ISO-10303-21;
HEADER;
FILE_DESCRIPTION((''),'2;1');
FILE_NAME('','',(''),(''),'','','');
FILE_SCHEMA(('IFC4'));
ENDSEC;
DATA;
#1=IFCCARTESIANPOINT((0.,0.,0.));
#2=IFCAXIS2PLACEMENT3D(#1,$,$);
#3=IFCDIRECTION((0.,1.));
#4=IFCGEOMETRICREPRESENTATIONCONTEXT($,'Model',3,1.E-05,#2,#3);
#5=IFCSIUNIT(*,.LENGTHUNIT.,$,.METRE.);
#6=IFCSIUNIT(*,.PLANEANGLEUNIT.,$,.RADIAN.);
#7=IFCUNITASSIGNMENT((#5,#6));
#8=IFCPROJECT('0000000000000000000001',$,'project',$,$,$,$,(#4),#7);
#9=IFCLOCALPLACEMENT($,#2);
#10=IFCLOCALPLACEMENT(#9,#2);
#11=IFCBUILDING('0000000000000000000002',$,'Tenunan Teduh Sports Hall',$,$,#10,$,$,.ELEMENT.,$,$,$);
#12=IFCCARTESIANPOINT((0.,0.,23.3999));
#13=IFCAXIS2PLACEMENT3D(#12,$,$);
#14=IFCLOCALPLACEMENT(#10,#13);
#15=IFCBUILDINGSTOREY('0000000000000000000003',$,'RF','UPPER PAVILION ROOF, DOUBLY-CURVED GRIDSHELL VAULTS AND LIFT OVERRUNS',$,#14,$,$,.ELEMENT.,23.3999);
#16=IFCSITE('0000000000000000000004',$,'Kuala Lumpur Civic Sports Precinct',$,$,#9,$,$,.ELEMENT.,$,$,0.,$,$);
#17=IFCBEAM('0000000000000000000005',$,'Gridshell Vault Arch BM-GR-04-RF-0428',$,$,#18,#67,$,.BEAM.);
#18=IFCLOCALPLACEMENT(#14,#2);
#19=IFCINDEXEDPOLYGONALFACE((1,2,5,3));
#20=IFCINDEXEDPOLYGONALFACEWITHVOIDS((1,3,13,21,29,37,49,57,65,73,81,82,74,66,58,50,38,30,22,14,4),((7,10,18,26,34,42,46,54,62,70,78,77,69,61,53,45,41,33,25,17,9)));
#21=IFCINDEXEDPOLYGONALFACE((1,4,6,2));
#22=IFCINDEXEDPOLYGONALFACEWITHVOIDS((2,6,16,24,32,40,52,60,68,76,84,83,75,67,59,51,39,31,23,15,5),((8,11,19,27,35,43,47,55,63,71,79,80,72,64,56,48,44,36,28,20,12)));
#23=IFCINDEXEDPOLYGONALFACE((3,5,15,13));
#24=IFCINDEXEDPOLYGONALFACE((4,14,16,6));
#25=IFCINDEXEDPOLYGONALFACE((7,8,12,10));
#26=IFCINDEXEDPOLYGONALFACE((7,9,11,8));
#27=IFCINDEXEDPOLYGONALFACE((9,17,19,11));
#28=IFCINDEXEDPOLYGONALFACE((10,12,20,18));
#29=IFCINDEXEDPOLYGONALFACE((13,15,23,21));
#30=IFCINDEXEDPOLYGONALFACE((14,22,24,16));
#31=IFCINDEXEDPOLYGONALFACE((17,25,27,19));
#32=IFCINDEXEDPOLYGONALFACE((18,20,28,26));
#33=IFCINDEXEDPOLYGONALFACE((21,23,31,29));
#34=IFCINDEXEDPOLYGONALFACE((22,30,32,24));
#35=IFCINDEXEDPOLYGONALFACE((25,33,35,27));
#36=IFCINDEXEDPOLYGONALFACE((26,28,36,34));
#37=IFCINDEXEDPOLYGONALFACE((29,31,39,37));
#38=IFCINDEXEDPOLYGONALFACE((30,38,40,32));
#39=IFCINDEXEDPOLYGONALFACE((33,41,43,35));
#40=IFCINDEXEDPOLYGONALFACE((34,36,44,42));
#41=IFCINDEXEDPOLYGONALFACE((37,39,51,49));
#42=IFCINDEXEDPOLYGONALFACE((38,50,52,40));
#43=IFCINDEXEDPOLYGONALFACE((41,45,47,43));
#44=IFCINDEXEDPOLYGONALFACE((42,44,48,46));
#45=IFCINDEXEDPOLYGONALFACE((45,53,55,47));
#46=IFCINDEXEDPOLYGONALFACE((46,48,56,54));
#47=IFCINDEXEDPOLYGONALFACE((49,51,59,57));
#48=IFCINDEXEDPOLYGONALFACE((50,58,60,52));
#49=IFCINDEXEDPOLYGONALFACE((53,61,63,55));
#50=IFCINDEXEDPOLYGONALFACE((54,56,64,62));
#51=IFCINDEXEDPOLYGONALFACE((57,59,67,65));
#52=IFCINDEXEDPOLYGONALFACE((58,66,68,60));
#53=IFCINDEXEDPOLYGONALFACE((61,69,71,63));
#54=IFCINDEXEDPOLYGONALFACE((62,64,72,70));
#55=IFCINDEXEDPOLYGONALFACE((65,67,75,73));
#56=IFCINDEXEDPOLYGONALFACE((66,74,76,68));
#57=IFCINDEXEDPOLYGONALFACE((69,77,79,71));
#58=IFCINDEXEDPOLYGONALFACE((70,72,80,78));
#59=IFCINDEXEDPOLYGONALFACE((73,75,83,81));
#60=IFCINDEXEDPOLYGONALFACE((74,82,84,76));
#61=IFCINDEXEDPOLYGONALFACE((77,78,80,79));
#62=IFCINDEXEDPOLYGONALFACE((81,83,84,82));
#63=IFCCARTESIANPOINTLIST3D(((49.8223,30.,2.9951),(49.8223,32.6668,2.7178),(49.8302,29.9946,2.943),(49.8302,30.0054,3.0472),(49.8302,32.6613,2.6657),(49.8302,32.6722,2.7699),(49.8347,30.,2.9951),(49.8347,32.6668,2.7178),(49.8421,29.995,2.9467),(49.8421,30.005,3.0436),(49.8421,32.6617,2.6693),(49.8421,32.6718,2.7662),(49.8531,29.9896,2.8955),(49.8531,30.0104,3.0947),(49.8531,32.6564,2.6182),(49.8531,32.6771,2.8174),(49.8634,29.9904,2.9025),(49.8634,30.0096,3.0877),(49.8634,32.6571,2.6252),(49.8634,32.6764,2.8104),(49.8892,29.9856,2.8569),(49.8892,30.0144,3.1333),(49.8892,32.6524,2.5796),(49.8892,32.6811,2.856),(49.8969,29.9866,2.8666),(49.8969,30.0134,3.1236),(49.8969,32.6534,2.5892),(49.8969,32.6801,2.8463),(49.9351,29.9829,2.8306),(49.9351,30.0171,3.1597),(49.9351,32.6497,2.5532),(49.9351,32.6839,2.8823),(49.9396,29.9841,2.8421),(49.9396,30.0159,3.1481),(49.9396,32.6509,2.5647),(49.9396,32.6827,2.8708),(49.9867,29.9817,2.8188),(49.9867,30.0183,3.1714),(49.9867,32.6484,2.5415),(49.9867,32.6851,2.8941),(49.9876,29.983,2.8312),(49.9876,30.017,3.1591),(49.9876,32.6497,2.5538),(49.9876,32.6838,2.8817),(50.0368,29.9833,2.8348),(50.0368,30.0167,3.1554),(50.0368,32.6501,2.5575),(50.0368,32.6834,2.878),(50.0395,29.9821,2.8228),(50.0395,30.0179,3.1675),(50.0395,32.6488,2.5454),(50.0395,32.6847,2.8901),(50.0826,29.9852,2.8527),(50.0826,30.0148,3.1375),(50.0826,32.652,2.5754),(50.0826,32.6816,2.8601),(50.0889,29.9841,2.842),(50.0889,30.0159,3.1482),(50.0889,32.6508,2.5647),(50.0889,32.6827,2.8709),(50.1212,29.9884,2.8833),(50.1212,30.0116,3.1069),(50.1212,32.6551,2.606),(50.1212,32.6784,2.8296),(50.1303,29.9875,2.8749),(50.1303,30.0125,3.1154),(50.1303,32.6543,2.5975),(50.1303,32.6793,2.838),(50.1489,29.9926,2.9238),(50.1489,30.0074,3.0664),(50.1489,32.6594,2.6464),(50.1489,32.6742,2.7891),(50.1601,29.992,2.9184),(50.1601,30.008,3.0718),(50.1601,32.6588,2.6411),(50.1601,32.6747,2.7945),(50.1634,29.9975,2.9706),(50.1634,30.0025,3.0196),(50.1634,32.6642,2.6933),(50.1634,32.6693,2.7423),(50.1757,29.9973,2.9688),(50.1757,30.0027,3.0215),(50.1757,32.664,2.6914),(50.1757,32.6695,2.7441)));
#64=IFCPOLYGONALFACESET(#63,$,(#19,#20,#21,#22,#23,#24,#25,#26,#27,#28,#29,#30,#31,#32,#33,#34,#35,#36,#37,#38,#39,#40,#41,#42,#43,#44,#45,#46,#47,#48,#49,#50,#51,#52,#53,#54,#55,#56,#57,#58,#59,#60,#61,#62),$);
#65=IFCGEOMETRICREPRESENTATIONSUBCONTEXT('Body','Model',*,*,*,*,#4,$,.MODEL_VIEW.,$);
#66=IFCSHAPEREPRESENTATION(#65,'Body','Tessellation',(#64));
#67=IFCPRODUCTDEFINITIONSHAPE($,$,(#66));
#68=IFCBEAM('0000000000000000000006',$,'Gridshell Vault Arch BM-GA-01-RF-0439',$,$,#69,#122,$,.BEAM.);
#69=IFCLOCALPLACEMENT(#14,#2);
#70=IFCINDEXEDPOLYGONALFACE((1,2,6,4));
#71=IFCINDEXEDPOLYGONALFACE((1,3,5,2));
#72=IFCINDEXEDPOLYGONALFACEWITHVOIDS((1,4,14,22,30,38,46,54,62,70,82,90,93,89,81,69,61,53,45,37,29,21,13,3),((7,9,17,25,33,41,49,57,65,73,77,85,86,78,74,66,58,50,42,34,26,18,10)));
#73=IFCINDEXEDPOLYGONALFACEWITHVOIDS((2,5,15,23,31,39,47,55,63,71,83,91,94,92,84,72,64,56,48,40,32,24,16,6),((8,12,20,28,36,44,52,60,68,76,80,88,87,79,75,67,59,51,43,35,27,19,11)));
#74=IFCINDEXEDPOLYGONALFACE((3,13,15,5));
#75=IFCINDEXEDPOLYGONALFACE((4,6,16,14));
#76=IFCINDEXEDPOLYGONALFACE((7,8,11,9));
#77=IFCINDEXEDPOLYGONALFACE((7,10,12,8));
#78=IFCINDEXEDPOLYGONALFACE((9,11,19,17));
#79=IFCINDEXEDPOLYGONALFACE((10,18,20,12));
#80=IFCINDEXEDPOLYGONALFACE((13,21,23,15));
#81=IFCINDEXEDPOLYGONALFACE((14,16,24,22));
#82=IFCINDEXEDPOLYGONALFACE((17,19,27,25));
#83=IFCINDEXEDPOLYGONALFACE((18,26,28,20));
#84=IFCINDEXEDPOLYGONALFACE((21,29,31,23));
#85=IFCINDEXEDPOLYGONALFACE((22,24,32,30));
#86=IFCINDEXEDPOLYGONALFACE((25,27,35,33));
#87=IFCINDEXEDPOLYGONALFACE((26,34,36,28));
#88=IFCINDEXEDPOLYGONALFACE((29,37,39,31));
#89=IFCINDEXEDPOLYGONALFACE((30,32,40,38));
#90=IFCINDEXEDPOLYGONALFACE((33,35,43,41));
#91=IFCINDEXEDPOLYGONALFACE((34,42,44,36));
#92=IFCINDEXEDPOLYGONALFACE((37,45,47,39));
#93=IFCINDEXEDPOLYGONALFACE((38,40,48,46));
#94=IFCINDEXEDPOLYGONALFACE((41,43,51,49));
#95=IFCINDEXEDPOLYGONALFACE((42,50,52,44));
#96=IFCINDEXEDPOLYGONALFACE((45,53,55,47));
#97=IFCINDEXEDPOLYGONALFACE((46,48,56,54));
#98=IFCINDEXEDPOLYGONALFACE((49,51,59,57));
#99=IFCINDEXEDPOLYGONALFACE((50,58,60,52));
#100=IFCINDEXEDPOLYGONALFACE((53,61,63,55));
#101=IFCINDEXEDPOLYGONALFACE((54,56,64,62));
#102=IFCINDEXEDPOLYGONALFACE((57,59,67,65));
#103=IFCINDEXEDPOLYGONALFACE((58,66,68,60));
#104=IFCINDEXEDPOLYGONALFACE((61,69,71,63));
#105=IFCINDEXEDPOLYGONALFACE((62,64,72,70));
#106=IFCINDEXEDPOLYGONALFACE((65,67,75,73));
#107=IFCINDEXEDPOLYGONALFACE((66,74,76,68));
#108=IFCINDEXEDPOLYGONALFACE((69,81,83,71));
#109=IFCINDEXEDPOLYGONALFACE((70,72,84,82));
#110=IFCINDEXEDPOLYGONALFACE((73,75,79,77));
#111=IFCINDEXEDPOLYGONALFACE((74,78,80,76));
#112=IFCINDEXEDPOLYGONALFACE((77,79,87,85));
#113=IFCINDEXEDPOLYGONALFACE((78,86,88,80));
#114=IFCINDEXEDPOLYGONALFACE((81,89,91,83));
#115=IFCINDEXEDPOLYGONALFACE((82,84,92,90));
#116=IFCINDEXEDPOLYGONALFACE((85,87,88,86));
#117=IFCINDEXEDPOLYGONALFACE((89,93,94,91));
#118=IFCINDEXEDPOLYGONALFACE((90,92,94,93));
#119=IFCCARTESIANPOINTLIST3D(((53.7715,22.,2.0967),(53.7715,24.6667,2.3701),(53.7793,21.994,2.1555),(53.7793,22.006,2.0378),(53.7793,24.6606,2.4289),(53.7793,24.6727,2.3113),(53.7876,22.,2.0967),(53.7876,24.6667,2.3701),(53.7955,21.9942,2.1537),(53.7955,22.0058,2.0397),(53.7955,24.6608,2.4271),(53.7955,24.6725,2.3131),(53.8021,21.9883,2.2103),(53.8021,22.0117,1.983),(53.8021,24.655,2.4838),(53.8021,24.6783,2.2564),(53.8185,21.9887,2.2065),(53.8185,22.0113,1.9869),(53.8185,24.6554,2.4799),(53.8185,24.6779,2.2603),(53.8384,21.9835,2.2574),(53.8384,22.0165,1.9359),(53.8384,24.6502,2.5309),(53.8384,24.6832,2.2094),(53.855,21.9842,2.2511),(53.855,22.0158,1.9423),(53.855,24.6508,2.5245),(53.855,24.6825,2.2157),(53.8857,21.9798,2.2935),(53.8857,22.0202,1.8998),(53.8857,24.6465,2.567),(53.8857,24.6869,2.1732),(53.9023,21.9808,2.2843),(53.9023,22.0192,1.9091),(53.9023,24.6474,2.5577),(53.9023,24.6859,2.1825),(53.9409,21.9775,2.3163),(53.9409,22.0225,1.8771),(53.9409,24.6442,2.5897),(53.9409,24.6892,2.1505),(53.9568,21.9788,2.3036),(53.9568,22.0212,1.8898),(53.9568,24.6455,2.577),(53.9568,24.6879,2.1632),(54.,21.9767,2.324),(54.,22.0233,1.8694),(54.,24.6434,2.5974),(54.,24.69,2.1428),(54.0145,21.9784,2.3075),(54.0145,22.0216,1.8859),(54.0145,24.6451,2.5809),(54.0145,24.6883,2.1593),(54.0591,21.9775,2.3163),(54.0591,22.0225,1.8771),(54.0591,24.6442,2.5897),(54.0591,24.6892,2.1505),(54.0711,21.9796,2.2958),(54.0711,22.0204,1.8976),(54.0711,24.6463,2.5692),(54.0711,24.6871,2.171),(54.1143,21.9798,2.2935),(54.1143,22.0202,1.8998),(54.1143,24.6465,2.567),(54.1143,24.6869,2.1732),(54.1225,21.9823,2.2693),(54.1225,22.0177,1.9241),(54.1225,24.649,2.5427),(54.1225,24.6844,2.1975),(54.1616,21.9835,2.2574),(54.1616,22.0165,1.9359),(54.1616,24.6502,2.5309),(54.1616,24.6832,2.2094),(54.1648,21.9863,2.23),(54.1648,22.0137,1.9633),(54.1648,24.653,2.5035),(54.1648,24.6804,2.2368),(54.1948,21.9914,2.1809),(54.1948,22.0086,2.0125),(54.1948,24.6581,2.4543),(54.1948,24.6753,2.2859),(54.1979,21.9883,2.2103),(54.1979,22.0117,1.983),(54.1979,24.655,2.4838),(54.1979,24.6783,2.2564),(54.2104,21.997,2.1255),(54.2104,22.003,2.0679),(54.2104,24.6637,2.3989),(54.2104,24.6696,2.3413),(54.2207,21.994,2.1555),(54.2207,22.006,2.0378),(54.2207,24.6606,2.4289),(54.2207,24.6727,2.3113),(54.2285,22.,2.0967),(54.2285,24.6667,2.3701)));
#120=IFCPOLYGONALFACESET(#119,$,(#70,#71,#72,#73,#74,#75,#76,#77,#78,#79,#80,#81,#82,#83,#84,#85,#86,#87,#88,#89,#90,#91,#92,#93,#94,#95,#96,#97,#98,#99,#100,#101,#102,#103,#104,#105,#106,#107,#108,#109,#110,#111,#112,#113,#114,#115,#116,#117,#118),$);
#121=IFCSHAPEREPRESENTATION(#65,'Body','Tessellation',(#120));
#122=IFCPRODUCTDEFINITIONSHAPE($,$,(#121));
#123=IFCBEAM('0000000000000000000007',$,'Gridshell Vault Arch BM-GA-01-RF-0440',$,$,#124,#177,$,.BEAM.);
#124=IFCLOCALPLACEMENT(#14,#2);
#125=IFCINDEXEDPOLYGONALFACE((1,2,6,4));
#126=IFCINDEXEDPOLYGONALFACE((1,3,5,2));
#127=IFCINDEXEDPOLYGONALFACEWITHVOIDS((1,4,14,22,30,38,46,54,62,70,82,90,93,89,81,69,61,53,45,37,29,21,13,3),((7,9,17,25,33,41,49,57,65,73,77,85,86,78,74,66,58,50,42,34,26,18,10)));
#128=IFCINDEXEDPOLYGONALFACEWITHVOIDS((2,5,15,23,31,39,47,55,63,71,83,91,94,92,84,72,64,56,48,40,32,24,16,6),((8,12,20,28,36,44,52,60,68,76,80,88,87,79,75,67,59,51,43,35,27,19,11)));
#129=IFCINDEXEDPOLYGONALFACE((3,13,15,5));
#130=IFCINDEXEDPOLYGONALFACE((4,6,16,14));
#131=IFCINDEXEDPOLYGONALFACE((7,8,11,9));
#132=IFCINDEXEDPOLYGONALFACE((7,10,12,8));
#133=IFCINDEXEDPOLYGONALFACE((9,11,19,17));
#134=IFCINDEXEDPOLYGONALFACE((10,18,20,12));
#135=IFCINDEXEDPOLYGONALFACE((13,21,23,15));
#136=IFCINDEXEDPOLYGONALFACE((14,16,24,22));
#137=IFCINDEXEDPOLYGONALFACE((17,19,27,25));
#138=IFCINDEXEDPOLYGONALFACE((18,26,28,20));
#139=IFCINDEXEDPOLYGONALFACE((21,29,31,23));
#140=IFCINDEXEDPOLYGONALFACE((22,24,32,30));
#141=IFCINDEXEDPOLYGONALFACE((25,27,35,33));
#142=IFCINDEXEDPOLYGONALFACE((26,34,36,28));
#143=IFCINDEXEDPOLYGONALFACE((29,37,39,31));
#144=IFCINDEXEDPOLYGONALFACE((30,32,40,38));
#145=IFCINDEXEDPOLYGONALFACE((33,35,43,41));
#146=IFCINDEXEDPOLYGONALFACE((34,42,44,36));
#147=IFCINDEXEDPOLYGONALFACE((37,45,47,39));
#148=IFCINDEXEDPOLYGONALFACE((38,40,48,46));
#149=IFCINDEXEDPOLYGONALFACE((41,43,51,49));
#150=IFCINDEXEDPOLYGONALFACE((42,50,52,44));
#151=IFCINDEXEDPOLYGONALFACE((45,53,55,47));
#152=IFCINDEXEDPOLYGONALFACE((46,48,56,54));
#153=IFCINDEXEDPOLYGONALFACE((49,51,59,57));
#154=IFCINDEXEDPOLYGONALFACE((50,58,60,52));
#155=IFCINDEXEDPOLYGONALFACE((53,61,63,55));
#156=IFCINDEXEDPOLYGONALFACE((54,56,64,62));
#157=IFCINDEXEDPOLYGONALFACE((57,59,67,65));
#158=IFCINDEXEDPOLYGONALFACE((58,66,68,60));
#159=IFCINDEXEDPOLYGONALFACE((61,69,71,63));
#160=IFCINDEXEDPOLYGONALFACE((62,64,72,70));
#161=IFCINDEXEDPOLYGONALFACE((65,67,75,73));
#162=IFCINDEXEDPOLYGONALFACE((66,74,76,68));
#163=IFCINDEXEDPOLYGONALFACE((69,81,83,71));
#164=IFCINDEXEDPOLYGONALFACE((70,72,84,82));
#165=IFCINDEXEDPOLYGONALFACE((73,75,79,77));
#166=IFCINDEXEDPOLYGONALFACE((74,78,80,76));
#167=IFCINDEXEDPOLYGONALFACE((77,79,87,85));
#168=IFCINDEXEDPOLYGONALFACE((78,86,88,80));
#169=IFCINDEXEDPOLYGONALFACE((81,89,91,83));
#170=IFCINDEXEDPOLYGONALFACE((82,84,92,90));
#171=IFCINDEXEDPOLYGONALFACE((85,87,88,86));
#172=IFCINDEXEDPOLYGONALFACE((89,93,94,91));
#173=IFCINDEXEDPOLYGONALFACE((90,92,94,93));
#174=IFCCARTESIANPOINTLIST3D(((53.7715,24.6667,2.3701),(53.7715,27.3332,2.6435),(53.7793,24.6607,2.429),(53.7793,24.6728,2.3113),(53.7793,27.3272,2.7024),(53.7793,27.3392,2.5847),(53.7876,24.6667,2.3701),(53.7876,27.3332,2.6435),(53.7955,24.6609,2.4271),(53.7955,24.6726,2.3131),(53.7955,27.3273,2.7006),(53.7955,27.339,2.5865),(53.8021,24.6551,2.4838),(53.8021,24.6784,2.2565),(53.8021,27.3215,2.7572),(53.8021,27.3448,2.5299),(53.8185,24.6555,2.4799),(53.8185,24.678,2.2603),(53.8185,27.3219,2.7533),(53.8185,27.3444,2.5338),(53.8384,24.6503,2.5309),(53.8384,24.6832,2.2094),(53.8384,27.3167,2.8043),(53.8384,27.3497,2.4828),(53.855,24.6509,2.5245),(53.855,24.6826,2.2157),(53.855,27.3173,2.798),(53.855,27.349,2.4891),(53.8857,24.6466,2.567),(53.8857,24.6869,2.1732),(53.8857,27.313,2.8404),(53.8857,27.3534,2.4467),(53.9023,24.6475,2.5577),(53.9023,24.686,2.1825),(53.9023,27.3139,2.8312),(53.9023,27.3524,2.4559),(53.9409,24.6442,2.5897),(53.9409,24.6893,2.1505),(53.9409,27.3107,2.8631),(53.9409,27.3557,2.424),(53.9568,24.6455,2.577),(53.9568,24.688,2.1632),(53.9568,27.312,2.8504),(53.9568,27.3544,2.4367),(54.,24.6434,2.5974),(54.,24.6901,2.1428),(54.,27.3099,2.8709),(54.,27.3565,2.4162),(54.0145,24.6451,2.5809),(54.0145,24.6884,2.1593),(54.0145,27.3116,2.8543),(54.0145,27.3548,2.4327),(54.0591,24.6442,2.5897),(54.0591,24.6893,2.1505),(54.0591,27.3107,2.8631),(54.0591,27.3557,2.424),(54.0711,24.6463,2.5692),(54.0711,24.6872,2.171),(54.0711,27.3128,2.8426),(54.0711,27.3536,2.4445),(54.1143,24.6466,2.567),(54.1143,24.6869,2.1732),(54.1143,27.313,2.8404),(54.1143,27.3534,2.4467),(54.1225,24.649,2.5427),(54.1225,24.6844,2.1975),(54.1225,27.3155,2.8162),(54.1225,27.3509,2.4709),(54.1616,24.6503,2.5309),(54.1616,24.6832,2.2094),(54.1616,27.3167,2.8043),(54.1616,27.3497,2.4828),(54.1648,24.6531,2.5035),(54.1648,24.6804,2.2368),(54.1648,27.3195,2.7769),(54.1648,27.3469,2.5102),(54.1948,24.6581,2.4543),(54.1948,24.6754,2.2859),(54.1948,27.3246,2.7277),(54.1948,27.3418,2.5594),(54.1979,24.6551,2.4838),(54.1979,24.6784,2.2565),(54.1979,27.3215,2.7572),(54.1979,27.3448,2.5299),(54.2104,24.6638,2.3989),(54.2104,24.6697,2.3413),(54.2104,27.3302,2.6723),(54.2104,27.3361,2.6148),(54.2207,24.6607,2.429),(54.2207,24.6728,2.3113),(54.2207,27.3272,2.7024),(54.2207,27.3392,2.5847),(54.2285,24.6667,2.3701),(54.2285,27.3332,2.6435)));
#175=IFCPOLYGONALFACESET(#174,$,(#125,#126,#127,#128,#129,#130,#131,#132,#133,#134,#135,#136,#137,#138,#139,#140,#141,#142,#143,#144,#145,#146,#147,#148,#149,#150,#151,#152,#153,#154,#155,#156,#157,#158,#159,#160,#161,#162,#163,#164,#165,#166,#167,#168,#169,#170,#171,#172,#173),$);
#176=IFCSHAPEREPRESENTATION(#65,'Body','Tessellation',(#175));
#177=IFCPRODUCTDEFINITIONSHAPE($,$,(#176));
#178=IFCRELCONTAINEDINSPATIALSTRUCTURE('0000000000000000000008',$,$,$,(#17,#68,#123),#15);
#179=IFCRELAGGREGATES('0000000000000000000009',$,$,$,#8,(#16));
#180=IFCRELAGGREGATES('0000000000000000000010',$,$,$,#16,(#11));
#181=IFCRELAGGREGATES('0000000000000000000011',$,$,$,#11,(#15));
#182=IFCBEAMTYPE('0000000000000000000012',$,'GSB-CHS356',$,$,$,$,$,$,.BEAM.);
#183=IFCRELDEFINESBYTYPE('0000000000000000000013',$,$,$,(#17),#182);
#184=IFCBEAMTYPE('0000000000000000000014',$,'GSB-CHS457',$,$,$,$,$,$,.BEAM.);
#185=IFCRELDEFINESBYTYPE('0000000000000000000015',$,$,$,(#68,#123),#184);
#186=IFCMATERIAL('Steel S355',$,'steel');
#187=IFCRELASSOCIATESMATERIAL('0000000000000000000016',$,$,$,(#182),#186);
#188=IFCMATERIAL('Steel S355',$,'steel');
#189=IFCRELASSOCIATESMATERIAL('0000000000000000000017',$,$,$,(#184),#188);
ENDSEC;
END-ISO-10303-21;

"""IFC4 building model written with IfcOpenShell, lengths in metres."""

from ifc_helpers import new_model, si_unit, direction, frame, origin, origin_2d, place, context, subcontext, project, spatial, hollow_circle, extrude, material, material_profile, profile_set, type_object, element, save


model = new_model("IFC4")

# Units and contexts
model_context = context("Model", 3, precision=1e-05, world=origin(), true_north=direction((0.0, 1.0)))
body_context = subcontext(model_context, "Body", "Model", "MODEL_VIEW")
ifc_project = project(units=[si_unit("LENGTHUNIT", "METRE"), si_unit("PLANEANGLEUNIT", "RADIAN")], contexts=[model_context])

# Site, building, storey
site_placement = place(None, origin())
site = spatial("IfcSite", under=ifc_project, at=site_placement, Name="Kuala Lumpur Civic Sports Precinct", CompositionType="ELEMENT", RefElevation=0.0)
building_placement = place(site_placement, origin())
building = spatial("IfcBuilding", under=site, at=building_placement, Name="Tenunan Teduh Sports Hall", CompositionType="ELEMENT")
storey_placement = place(building_placement, frame((0.0, 0.0, 23.3999)))
storey = spatial("IfcBuildingStorey", under=building, at=storey_placement, Name="RF", Description="UPPER PAVILION ROOF, DOUBLY-CURVED GRIDSHELL VAULTS AND LIFT OVERRUNS", CompositionType="ELEMENT", Elevation=23.3999)

# Beams
ifc_material_1 = material(Name="Steel S355", Category="steel")
ifc_material_profile_1 = material_profile(ifc_material_1, hollow_circle(Radius=0.1777, WallThickness=0.0125, at=origin_2d()), Name="CHS 355.6x12.5")
ifc_profile_set_1 = profile_set([ifc_material_profile_1], Name="Steel S355")
beam_type_1 = type_object("IfcBeamType", Name="GSB-CHS356", PredefinedType="BEAM", material=ifc_profile_set_1)
for number, where, z_axis, x_axis, name in (
    (1, (50.0, 30.0, 2.9951), (0.0, 0.994635, -0.103443), (-1.0, 0.0, 0.0), "Gridshell Vault Arch BM-GR-04-RF-0428"),
):
    element("IfcBeam", number, at=place(storey_placement, frame(where, z_axis=z_axis, x_axis=x_axis)), inside=storey, type_object=beam_type_1, Name=name, PredefinedType="BEAM", context=body_context, shape_type="SweptSolid", body=[
        extrude(hollow_circle(Radius=0.1777, WallThickness=0.0125, at=origin_2d()), origin(), (0.0, 0.0, 1.0), 2.6812),
    ])
ifc_material_2 = material(Name="Steel S355", Category="steel")
ifc_material_profile_2 = material_profile(ifc_material_2, hollow_circle(Radius=0.2285, WallThickness=0.0161, at=origin_2d()), Name="CHS 457.0x16.0")
ifc_profile_set_2 = profile_set([ifc_material_profile_2], Name="Steel S355")
beam_type_2 = type_object("IfcBeamType", Name="GSB-CHS457", PredefinedType="BEAM", material=ifc_profile_set_2)
beam_1_placement = place(storey_placement, frame((54.0, 22.0, 2.0967), z_axis=(0.0, 0.994784, 0.102001), x_axis=(-1.0, 0.0, 0.0)))
element("IfcBeam", 2, at=beam_1_placement, inside=storey, type_object=beam_type_2, Name="Gridshell Vault Arch BM-GA-01-RF-0439", PredefinedType="BEAM", context=body_context, shape_type="SweptSolid", body=[
    extrude(hollow_circle(Radius=0.2285, WallThickness=0.0161, at=origin_2d()), origin(), (0.0, 0.0, 1.0), 2.6807),
])
beam_2_placement = place(storey_placement, frame((54.0, 24.6667, 2.3701), z_axis=(0.0, 0.994783, 0.10201), x_axis=(-1.0, 0.0, 0.0)))
element("IfcBeam", 3, at=beam_2_placement, inside=storey, type_object=beam_type_2, Name="Gridshell Vault Arch BM-GA-01-RF-0440", PredefinedType="BEAM", context=body_context, shape_type="SweptSolid", body=[
    extrude(hollow_circle(Radius=0.2285, WallThickness=0.0161, at=origin_2d()), origin(), (0.0, 0.0, 1.0), 2.6804),
])

save(model, "model.ifc")
